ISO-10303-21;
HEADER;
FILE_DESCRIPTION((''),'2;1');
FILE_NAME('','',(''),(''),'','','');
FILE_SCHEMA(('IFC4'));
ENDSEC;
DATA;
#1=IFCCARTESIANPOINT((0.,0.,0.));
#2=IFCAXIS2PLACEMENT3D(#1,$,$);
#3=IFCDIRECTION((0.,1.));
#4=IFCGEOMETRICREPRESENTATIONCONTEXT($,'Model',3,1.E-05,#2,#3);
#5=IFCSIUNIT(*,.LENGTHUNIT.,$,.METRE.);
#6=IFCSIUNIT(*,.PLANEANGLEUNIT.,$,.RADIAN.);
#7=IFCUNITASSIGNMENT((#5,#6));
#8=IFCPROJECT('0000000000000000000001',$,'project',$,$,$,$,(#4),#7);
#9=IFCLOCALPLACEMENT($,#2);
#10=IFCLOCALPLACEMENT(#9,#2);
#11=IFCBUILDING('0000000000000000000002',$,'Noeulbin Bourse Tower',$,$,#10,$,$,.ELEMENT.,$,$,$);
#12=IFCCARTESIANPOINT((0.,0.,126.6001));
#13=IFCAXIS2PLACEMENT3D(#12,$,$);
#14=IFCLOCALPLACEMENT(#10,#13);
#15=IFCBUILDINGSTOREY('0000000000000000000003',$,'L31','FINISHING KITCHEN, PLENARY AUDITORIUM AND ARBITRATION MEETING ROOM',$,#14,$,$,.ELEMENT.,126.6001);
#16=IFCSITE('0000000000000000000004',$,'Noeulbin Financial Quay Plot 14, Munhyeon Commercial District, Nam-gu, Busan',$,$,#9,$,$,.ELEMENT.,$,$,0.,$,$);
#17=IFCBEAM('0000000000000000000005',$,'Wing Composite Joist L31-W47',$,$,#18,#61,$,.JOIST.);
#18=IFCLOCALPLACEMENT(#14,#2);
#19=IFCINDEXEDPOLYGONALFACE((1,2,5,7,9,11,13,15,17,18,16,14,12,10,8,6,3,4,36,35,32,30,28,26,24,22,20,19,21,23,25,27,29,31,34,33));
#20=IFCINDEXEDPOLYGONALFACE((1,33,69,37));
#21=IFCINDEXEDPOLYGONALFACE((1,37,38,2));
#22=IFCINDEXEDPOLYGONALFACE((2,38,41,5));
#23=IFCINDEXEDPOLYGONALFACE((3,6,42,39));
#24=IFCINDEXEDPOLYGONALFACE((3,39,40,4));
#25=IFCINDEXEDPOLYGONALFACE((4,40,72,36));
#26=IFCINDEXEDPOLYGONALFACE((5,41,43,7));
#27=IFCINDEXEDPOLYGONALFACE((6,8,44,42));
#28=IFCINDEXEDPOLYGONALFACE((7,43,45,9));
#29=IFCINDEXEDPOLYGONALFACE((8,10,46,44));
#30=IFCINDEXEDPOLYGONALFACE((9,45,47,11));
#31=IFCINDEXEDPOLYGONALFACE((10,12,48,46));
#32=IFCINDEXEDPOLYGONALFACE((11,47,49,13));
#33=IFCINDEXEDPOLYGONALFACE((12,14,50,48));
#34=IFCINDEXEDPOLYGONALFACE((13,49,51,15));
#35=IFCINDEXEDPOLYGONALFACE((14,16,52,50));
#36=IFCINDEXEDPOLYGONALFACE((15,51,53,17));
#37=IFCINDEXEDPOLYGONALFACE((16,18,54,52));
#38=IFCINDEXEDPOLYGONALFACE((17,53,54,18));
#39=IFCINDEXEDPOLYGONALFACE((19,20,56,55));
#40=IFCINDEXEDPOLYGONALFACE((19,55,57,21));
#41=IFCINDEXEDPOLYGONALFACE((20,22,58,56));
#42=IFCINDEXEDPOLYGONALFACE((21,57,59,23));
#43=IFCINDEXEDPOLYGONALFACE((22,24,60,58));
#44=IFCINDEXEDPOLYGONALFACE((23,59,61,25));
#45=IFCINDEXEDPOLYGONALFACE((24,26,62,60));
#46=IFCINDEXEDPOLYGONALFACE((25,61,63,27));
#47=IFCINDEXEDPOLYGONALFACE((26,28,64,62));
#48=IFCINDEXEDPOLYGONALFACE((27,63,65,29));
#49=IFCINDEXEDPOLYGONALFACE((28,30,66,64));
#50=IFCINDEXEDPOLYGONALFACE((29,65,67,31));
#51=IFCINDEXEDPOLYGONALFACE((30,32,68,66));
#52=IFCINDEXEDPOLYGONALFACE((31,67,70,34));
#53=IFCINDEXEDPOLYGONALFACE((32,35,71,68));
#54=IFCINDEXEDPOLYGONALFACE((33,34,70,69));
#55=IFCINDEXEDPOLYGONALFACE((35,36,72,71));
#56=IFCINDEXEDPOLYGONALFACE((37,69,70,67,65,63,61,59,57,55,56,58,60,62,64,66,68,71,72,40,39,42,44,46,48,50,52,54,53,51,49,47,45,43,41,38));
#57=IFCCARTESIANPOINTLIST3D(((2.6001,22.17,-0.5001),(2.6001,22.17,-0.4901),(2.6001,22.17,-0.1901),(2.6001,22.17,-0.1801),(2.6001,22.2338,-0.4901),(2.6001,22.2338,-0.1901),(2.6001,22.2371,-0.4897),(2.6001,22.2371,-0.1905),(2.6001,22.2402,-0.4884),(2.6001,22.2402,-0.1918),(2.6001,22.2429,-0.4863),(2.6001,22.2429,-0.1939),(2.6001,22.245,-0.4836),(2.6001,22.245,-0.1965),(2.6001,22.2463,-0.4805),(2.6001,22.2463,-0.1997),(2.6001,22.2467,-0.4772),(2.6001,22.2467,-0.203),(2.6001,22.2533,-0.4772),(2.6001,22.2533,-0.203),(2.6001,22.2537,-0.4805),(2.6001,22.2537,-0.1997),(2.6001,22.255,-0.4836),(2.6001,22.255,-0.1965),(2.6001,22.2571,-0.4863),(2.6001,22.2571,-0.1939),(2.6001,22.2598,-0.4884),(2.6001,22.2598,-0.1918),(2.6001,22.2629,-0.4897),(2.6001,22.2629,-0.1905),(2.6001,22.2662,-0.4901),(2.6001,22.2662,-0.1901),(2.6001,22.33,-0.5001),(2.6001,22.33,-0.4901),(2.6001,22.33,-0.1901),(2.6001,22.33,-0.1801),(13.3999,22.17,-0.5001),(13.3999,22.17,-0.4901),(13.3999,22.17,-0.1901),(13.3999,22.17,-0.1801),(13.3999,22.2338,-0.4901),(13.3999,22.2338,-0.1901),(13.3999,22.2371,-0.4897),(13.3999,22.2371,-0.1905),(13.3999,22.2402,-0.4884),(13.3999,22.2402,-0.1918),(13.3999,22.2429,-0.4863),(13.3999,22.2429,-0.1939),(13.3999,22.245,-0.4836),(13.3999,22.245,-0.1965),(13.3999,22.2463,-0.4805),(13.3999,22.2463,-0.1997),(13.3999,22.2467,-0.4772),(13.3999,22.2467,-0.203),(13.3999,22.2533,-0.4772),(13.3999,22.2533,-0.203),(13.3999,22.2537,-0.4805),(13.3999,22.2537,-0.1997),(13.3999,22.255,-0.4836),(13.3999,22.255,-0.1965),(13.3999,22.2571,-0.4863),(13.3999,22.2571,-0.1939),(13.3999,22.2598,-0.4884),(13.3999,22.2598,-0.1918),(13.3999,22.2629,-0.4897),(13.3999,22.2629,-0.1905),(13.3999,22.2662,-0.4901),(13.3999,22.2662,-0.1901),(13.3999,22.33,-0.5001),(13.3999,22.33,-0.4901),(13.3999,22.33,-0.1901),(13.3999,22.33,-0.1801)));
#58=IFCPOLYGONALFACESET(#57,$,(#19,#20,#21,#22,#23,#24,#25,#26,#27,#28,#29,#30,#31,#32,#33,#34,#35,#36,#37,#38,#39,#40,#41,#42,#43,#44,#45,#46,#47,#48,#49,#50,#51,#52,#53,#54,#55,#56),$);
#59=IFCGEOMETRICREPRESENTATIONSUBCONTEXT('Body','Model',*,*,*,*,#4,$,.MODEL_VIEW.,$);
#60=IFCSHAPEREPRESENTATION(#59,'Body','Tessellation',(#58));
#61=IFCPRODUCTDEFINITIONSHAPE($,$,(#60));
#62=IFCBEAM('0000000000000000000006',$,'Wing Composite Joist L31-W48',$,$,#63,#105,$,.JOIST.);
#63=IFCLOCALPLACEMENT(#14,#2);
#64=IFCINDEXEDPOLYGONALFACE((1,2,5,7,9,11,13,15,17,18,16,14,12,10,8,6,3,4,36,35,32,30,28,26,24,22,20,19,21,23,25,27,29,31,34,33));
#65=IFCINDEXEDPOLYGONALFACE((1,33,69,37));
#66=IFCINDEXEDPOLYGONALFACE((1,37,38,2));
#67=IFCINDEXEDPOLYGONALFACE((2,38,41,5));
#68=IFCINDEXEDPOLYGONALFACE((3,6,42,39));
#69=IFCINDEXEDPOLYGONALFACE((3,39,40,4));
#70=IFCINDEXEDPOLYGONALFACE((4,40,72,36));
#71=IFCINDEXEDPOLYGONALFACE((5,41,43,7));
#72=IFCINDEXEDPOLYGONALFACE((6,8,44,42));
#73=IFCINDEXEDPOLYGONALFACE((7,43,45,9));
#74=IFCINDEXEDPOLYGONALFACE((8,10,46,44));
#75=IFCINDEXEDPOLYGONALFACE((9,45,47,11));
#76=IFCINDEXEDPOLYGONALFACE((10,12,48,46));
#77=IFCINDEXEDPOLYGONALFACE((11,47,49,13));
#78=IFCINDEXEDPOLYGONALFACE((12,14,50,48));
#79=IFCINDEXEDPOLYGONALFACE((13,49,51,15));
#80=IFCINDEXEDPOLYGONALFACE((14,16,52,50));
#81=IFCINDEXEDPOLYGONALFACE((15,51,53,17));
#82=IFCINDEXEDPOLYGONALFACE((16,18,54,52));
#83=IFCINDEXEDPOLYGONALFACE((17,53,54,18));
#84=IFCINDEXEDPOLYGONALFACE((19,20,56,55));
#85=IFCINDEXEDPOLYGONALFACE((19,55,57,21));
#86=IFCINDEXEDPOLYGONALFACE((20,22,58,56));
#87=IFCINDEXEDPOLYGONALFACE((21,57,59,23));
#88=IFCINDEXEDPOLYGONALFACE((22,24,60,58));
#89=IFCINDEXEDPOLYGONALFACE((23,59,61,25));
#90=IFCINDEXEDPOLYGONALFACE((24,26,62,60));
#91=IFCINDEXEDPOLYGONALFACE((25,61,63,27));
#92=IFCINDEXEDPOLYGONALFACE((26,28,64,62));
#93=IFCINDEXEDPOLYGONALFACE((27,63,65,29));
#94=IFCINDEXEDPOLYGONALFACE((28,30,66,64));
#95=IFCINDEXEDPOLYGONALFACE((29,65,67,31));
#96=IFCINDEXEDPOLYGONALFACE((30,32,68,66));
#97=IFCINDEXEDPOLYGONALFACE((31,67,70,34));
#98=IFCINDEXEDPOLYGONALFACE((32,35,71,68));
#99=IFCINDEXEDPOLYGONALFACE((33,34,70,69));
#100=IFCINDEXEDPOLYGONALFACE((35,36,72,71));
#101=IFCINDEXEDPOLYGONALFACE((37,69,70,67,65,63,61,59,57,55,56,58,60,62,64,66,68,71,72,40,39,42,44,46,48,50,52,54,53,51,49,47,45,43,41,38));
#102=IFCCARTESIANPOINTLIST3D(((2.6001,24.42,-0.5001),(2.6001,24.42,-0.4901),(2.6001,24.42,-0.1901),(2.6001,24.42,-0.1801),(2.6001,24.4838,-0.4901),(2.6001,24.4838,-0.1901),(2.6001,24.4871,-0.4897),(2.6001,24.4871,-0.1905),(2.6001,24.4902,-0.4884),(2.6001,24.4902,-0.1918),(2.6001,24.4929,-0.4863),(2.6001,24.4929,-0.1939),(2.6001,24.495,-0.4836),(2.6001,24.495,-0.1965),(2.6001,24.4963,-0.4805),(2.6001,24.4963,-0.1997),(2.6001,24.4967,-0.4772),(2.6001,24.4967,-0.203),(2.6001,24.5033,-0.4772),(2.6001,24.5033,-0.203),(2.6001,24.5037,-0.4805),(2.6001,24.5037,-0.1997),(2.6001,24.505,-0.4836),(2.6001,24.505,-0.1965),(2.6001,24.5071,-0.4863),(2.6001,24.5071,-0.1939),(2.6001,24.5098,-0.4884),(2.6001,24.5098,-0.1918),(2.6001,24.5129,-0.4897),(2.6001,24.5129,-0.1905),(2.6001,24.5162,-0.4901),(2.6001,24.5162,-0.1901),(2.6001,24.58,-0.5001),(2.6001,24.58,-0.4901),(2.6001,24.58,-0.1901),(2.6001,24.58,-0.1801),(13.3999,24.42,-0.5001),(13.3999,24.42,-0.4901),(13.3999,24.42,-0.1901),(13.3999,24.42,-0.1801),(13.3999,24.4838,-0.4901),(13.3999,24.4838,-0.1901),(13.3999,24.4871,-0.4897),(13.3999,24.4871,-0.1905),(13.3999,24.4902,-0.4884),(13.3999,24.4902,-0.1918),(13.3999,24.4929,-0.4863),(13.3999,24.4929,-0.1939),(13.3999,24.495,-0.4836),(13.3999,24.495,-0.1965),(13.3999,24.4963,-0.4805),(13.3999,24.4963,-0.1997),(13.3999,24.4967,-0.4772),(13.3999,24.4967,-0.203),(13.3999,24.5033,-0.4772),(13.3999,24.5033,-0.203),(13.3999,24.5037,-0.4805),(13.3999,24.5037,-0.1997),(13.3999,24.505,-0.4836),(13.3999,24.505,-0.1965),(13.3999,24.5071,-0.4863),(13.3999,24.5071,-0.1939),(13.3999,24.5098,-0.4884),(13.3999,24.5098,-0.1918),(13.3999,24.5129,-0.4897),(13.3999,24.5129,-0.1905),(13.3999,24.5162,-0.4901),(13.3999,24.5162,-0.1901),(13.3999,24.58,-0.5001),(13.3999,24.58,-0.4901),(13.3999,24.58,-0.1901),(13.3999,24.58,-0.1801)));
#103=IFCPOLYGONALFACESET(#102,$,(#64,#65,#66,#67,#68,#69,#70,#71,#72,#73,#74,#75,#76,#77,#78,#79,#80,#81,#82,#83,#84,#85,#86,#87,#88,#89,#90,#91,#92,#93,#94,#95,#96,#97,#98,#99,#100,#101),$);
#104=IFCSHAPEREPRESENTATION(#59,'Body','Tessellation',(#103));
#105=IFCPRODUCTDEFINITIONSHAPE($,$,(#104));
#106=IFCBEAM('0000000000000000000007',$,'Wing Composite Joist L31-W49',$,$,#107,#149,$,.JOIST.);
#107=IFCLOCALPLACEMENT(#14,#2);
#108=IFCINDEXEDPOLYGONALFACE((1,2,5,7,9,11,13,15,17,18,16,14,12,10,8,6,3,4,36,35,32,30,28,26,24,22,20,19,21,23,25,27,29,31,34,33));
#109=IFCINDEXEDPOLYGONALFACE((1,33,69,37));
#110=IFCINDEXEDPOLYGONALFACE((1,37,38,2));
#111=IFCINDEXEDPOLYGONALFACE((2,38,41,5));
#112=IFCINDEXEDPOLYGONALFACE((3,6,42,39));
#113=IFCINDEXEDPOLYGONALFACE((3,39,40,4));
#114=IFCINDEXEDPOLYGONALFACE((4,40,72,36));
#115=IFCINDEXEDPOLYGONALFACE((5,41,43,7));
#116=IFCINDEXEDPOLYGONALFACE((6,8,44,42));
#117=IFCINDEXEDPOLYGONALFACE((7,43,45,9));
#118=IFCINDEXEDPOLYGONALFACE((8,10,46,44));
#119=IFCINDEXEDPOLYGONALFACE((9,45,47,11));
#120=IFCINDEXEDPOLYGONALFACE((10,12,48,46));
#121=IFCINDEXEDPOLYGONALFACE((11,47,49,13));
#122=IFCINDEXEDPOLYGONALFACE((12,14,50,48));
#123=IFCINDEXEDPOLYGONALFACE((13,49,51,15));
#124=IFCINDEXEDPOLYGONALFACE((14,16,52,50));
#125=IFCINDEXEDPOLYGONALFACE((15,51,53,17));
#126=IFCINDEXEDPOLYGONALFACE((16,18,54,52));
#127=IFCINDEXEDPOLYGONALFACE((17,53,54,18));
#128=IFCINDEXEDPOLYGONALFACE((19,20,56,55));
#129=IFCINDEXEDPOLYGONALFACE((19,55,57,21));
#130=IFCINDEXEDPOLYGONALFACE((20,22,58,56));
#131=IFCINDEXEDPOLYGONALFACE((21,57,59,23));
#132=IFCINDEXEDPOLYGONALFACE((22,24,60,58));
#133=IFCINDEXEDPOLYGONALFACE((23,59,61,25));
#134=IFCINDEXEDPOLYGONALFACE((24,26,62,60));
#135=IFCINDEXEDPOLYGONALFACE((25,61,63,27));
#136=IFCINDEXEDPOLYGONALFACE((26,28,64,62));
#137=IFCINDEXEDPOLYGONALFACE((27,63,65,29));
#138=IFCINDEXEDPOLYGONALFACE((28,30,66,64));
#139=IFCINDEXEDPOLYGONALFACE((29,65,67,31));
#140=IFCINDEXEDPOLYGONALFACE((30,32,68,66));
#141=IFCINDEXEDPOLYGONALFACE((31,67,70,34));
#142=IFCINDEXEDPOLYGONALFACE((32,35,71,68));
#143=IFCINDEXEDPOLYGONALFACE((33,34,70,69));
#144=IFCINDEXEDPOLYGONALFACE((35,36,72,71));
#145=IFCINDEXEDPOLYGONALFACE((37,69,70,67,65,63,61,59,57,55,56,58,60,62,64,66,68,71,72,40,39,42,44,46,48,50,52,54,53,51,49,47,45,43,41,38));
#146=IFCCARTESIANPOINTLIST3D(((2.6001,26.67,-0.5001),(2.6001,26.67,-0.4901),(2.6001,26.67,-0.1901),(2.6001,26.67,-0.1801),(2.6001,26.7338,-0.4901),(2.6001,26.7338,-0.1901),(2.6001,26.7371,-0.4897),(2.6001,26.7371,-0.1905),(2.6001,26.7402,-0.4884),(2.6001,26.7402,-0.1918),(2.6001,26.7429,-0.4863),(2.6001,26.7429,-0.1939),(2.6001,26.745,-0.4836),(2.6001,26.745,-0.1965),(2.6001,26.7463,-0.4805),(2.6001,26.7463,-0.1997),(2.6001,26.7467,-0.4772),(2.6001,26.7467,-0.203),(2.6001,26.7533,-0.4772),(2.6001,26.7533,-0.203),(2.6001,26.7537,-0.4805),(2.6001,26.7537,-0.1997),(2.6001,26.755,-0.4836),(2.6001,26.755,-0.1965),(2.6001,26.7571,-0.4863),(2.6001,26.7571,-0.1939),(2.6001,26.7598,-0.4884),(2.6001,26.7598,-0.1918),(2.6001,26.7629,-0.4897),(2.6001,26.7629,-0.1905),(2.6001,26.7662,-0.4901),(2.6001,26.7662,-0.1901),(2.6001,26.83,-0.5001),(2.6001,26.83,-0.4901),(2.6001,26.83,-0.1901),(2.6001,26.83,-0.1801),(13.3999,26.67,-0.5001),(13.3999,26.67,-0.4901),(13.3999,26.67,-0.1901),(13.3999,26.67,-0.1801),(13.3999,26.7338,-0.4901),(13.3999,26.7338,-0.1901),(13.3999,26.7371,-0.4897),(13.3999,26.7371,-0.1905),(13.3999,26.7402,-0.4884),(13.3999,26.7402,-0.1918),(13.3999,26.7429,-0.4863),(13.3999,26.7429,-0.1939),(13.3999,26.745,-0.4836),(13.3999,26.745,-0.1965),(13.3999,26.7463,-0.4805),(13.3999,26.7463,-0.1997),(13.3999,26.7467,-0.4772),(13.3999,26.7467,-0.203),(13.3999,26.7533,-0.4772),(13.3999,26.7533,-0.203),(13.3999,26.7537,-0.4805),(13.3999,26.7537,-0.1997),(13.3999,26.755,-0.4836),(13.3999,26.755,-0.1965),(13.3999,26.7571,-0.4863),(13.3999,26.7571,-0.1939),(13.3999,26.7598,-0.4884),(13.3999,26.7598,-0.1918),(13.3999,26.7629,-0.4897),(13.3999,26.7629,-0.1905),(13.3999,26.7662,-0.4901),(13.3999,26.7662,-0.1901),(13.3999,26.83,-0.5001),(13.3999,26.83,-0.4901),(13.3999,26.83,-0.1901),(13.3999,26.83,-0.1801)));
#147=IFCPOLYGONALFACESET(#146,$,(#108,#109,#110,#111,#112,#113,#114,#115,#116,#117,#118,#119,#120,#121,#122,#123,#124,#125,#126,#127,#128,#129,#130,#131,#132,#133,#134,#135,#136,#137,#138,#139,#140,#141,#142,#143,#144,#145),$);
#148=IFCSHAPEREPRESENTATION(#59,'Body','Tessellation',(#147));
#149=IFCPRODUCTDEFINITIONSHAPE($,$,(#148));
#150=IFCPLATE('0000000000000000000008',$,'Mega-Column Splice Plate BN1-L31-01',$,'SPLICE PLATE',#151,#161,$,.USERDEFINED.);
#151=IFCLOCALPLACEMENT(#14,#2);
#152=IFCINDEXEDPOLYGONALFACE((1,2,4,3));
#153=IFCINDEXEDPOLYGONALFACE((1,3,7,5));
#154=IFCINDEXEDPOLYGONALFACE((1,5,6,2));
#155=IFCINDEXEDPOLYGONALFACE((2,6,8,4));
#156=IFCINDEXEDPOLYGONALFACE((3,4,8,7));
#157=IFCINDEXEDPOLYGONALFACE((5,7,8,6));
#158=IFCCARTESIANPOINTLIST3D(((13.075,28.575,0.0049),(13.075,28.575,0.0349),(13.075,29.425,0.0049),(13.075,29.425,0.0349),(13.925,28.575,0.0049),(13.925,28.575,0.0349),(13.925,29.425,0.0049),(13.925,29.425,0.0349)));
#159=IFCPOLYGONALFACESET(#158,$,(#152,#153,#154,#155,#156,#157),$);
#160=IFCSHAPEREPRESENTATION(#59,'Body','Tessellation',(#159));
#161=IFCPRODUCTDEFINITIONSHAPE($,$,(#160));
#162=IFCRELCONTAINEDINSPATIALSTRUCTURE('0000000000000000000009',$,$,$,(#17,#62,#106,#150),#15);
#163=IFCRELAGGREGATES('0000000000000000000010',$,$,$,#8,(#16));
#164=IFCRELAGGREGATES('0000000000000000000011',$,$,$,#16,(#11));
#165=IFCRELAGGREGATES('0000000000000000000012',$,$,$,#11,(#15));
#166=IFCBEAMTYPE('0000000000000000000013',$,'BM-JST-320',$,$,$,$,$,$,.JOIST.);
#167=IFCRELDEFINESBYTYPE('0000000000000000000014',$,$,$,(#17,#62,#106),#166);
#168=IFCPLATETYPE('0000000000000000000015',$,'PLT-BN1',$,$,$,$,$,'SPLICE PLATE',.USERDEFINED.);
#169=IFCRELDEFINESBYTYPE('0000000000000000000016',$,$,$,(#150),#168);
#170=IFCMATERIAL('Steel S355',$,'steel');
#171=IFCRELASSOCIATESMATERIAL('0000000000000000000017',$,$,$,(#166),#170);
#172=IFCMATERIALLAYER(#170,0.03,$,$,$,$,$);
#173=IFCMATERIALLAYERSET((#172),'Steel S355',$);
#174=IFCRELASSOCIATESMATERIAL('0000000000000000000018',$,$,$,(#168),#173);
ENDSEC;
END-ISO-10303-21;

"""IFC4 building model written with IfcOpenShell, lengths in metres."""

from ifc_helpers import new_model, si_unit, direction, frame, origin, origin_2d, place, context, subcontext, project, spatial, rectangle, i_section, extrude, material, layer, layer_set, material_profile, profile_set, type_object, element, save


model = new_model("IFC4")

# Units and contexts
model_context = context("Model", 3, precision=1e-05, world=origin(), true_north=direction((0.0, 1.0)))
body_context = subcontext(model_context, "Body", "Model", "MODEL_VIEW")
ifc_project = project(units=[si_unit("LENGTHUNIT", "METRE"), si_unit("PLANEANGLEUNIT", "RADIAN")], contexts=[model_context])

# Site, building, storey
site_placement = place(None, origin())
site = spatial("IfcSite", under=ifc_project, at=site_placement, Name="Noeulbin Financial Quay Plot 14, Munhyeon Commercial District, Nam-gu, Busan", CompositionType="ELEMENT", RefElevation=0.0)
building_placement = place(site_placement, origin())
building = spatial("IfcBuilding", under=site, at=building_placement, Name="Noeulbin Bourse Tower", CompositionType="ELEMENT")
storey_placement = place(building_placement, frame((0.0, 0.0, 126.6001)))
storey = spatial("IfcBuildingStorey", under=building, at=storey_placement, Name="L31", Description="FINISHING KITCHEN, PLENARY AUDITORIUM AND ARBITRATION MEETING ROOM", CompositionType="ELEMENT", Elevation=126.6001)

# Beams
ifc_material_1 = material(Name="Steel S355", Category="steel")
ifc_material_profile_1 = material_profile(ifc_material_1, i_section(OverallWidth=0.1599, OverallDepth=0.3201, WebThickness=0.0066, FlangeThickness=0.01, FilletRadius=0.0129, at=origin_2d()), Name="H-320x160x6.5x10", Category="LoadBearing")
ifc_profile_set_1 = profile_set([ifc_material_profile_1], Name="Steel S355")
beam_type_1 = type_object("IfcBeamType", Name="BM-JST-320", PredefinedType="JOIST", material=ifc_profile_set_1)
for number, where, z_axis, x_axis, name in (
    (1, (2.6001, 22.25, -0.3401), (1.0, 0.0, 0.0), (0.0, 1.0, 0.0), "Wing Composite Joist L31-W47"),
    (2, (2.6001, 24.5, -0.3401), (1.0, 0.0, 0.0), (0.0, 1.0, 0.0), "Wing Composite Joist L31-W48"),
    (3, (2.6001, 26.75, -0.3401), (1.0, 0.0, 0.0), (0.0, 1.0, 0.0), "Wing Composite Joist L31-W49"),
):
    element("IfcBeam", number, at=place(storey_placement, frame(where, z_axis=z_axis, x_axis=x_axis)), inside=storey, type_object=beam_type_1, Name=name, PredefinedType="JOIST", context=body_context, shape_type="SweptSolid", body=[
        extrude(i_section(OverallWidth=0.1599, OverallDepth=0.3201, WebThickness=0.0066, FlangeThickness=0.01, FilletRadius=0.0129, at=origin_2d()), origin(), (0.0, 0.0, 1.0), 10.7998),
    ])

# Plate
ifc_layer_1 = layer(ifc_material_1, 0.03)
ifc_layer_set_1 = layer_set([ifc_layer_1], Name="Steel S355")
plate_type = type_object("IfcPlateType", Name="PLT-BN1", ElementType="SPLICE PLATE", PredefinedType="USERDEFINED", material=ifc_layer_set_1)
plate_placement = place(storey_placement, frame((13.5, 29.0, 0.0049), z_axis=(0.0, 0.0, 1.0), x_axis=(1.0, 0.0, 0.0)))
element("IfcPlate", 4, at=plate_placement, inside=storey, type_object=plate_type, Name="Mega-Column Splice Plate BN1-L31-01", ObjectType="SPLICE PLATE", PredefinedType="USERDEFINED", context=body_context, shape_type="SweptSolid", body=[
    extrude(rectangle(XDim=0.8501, YDim=0.8501, at=origin_2d()), origin(), (0.0, 0.0, 1.0), 0.03),
])

save(model, "model.ifc")
